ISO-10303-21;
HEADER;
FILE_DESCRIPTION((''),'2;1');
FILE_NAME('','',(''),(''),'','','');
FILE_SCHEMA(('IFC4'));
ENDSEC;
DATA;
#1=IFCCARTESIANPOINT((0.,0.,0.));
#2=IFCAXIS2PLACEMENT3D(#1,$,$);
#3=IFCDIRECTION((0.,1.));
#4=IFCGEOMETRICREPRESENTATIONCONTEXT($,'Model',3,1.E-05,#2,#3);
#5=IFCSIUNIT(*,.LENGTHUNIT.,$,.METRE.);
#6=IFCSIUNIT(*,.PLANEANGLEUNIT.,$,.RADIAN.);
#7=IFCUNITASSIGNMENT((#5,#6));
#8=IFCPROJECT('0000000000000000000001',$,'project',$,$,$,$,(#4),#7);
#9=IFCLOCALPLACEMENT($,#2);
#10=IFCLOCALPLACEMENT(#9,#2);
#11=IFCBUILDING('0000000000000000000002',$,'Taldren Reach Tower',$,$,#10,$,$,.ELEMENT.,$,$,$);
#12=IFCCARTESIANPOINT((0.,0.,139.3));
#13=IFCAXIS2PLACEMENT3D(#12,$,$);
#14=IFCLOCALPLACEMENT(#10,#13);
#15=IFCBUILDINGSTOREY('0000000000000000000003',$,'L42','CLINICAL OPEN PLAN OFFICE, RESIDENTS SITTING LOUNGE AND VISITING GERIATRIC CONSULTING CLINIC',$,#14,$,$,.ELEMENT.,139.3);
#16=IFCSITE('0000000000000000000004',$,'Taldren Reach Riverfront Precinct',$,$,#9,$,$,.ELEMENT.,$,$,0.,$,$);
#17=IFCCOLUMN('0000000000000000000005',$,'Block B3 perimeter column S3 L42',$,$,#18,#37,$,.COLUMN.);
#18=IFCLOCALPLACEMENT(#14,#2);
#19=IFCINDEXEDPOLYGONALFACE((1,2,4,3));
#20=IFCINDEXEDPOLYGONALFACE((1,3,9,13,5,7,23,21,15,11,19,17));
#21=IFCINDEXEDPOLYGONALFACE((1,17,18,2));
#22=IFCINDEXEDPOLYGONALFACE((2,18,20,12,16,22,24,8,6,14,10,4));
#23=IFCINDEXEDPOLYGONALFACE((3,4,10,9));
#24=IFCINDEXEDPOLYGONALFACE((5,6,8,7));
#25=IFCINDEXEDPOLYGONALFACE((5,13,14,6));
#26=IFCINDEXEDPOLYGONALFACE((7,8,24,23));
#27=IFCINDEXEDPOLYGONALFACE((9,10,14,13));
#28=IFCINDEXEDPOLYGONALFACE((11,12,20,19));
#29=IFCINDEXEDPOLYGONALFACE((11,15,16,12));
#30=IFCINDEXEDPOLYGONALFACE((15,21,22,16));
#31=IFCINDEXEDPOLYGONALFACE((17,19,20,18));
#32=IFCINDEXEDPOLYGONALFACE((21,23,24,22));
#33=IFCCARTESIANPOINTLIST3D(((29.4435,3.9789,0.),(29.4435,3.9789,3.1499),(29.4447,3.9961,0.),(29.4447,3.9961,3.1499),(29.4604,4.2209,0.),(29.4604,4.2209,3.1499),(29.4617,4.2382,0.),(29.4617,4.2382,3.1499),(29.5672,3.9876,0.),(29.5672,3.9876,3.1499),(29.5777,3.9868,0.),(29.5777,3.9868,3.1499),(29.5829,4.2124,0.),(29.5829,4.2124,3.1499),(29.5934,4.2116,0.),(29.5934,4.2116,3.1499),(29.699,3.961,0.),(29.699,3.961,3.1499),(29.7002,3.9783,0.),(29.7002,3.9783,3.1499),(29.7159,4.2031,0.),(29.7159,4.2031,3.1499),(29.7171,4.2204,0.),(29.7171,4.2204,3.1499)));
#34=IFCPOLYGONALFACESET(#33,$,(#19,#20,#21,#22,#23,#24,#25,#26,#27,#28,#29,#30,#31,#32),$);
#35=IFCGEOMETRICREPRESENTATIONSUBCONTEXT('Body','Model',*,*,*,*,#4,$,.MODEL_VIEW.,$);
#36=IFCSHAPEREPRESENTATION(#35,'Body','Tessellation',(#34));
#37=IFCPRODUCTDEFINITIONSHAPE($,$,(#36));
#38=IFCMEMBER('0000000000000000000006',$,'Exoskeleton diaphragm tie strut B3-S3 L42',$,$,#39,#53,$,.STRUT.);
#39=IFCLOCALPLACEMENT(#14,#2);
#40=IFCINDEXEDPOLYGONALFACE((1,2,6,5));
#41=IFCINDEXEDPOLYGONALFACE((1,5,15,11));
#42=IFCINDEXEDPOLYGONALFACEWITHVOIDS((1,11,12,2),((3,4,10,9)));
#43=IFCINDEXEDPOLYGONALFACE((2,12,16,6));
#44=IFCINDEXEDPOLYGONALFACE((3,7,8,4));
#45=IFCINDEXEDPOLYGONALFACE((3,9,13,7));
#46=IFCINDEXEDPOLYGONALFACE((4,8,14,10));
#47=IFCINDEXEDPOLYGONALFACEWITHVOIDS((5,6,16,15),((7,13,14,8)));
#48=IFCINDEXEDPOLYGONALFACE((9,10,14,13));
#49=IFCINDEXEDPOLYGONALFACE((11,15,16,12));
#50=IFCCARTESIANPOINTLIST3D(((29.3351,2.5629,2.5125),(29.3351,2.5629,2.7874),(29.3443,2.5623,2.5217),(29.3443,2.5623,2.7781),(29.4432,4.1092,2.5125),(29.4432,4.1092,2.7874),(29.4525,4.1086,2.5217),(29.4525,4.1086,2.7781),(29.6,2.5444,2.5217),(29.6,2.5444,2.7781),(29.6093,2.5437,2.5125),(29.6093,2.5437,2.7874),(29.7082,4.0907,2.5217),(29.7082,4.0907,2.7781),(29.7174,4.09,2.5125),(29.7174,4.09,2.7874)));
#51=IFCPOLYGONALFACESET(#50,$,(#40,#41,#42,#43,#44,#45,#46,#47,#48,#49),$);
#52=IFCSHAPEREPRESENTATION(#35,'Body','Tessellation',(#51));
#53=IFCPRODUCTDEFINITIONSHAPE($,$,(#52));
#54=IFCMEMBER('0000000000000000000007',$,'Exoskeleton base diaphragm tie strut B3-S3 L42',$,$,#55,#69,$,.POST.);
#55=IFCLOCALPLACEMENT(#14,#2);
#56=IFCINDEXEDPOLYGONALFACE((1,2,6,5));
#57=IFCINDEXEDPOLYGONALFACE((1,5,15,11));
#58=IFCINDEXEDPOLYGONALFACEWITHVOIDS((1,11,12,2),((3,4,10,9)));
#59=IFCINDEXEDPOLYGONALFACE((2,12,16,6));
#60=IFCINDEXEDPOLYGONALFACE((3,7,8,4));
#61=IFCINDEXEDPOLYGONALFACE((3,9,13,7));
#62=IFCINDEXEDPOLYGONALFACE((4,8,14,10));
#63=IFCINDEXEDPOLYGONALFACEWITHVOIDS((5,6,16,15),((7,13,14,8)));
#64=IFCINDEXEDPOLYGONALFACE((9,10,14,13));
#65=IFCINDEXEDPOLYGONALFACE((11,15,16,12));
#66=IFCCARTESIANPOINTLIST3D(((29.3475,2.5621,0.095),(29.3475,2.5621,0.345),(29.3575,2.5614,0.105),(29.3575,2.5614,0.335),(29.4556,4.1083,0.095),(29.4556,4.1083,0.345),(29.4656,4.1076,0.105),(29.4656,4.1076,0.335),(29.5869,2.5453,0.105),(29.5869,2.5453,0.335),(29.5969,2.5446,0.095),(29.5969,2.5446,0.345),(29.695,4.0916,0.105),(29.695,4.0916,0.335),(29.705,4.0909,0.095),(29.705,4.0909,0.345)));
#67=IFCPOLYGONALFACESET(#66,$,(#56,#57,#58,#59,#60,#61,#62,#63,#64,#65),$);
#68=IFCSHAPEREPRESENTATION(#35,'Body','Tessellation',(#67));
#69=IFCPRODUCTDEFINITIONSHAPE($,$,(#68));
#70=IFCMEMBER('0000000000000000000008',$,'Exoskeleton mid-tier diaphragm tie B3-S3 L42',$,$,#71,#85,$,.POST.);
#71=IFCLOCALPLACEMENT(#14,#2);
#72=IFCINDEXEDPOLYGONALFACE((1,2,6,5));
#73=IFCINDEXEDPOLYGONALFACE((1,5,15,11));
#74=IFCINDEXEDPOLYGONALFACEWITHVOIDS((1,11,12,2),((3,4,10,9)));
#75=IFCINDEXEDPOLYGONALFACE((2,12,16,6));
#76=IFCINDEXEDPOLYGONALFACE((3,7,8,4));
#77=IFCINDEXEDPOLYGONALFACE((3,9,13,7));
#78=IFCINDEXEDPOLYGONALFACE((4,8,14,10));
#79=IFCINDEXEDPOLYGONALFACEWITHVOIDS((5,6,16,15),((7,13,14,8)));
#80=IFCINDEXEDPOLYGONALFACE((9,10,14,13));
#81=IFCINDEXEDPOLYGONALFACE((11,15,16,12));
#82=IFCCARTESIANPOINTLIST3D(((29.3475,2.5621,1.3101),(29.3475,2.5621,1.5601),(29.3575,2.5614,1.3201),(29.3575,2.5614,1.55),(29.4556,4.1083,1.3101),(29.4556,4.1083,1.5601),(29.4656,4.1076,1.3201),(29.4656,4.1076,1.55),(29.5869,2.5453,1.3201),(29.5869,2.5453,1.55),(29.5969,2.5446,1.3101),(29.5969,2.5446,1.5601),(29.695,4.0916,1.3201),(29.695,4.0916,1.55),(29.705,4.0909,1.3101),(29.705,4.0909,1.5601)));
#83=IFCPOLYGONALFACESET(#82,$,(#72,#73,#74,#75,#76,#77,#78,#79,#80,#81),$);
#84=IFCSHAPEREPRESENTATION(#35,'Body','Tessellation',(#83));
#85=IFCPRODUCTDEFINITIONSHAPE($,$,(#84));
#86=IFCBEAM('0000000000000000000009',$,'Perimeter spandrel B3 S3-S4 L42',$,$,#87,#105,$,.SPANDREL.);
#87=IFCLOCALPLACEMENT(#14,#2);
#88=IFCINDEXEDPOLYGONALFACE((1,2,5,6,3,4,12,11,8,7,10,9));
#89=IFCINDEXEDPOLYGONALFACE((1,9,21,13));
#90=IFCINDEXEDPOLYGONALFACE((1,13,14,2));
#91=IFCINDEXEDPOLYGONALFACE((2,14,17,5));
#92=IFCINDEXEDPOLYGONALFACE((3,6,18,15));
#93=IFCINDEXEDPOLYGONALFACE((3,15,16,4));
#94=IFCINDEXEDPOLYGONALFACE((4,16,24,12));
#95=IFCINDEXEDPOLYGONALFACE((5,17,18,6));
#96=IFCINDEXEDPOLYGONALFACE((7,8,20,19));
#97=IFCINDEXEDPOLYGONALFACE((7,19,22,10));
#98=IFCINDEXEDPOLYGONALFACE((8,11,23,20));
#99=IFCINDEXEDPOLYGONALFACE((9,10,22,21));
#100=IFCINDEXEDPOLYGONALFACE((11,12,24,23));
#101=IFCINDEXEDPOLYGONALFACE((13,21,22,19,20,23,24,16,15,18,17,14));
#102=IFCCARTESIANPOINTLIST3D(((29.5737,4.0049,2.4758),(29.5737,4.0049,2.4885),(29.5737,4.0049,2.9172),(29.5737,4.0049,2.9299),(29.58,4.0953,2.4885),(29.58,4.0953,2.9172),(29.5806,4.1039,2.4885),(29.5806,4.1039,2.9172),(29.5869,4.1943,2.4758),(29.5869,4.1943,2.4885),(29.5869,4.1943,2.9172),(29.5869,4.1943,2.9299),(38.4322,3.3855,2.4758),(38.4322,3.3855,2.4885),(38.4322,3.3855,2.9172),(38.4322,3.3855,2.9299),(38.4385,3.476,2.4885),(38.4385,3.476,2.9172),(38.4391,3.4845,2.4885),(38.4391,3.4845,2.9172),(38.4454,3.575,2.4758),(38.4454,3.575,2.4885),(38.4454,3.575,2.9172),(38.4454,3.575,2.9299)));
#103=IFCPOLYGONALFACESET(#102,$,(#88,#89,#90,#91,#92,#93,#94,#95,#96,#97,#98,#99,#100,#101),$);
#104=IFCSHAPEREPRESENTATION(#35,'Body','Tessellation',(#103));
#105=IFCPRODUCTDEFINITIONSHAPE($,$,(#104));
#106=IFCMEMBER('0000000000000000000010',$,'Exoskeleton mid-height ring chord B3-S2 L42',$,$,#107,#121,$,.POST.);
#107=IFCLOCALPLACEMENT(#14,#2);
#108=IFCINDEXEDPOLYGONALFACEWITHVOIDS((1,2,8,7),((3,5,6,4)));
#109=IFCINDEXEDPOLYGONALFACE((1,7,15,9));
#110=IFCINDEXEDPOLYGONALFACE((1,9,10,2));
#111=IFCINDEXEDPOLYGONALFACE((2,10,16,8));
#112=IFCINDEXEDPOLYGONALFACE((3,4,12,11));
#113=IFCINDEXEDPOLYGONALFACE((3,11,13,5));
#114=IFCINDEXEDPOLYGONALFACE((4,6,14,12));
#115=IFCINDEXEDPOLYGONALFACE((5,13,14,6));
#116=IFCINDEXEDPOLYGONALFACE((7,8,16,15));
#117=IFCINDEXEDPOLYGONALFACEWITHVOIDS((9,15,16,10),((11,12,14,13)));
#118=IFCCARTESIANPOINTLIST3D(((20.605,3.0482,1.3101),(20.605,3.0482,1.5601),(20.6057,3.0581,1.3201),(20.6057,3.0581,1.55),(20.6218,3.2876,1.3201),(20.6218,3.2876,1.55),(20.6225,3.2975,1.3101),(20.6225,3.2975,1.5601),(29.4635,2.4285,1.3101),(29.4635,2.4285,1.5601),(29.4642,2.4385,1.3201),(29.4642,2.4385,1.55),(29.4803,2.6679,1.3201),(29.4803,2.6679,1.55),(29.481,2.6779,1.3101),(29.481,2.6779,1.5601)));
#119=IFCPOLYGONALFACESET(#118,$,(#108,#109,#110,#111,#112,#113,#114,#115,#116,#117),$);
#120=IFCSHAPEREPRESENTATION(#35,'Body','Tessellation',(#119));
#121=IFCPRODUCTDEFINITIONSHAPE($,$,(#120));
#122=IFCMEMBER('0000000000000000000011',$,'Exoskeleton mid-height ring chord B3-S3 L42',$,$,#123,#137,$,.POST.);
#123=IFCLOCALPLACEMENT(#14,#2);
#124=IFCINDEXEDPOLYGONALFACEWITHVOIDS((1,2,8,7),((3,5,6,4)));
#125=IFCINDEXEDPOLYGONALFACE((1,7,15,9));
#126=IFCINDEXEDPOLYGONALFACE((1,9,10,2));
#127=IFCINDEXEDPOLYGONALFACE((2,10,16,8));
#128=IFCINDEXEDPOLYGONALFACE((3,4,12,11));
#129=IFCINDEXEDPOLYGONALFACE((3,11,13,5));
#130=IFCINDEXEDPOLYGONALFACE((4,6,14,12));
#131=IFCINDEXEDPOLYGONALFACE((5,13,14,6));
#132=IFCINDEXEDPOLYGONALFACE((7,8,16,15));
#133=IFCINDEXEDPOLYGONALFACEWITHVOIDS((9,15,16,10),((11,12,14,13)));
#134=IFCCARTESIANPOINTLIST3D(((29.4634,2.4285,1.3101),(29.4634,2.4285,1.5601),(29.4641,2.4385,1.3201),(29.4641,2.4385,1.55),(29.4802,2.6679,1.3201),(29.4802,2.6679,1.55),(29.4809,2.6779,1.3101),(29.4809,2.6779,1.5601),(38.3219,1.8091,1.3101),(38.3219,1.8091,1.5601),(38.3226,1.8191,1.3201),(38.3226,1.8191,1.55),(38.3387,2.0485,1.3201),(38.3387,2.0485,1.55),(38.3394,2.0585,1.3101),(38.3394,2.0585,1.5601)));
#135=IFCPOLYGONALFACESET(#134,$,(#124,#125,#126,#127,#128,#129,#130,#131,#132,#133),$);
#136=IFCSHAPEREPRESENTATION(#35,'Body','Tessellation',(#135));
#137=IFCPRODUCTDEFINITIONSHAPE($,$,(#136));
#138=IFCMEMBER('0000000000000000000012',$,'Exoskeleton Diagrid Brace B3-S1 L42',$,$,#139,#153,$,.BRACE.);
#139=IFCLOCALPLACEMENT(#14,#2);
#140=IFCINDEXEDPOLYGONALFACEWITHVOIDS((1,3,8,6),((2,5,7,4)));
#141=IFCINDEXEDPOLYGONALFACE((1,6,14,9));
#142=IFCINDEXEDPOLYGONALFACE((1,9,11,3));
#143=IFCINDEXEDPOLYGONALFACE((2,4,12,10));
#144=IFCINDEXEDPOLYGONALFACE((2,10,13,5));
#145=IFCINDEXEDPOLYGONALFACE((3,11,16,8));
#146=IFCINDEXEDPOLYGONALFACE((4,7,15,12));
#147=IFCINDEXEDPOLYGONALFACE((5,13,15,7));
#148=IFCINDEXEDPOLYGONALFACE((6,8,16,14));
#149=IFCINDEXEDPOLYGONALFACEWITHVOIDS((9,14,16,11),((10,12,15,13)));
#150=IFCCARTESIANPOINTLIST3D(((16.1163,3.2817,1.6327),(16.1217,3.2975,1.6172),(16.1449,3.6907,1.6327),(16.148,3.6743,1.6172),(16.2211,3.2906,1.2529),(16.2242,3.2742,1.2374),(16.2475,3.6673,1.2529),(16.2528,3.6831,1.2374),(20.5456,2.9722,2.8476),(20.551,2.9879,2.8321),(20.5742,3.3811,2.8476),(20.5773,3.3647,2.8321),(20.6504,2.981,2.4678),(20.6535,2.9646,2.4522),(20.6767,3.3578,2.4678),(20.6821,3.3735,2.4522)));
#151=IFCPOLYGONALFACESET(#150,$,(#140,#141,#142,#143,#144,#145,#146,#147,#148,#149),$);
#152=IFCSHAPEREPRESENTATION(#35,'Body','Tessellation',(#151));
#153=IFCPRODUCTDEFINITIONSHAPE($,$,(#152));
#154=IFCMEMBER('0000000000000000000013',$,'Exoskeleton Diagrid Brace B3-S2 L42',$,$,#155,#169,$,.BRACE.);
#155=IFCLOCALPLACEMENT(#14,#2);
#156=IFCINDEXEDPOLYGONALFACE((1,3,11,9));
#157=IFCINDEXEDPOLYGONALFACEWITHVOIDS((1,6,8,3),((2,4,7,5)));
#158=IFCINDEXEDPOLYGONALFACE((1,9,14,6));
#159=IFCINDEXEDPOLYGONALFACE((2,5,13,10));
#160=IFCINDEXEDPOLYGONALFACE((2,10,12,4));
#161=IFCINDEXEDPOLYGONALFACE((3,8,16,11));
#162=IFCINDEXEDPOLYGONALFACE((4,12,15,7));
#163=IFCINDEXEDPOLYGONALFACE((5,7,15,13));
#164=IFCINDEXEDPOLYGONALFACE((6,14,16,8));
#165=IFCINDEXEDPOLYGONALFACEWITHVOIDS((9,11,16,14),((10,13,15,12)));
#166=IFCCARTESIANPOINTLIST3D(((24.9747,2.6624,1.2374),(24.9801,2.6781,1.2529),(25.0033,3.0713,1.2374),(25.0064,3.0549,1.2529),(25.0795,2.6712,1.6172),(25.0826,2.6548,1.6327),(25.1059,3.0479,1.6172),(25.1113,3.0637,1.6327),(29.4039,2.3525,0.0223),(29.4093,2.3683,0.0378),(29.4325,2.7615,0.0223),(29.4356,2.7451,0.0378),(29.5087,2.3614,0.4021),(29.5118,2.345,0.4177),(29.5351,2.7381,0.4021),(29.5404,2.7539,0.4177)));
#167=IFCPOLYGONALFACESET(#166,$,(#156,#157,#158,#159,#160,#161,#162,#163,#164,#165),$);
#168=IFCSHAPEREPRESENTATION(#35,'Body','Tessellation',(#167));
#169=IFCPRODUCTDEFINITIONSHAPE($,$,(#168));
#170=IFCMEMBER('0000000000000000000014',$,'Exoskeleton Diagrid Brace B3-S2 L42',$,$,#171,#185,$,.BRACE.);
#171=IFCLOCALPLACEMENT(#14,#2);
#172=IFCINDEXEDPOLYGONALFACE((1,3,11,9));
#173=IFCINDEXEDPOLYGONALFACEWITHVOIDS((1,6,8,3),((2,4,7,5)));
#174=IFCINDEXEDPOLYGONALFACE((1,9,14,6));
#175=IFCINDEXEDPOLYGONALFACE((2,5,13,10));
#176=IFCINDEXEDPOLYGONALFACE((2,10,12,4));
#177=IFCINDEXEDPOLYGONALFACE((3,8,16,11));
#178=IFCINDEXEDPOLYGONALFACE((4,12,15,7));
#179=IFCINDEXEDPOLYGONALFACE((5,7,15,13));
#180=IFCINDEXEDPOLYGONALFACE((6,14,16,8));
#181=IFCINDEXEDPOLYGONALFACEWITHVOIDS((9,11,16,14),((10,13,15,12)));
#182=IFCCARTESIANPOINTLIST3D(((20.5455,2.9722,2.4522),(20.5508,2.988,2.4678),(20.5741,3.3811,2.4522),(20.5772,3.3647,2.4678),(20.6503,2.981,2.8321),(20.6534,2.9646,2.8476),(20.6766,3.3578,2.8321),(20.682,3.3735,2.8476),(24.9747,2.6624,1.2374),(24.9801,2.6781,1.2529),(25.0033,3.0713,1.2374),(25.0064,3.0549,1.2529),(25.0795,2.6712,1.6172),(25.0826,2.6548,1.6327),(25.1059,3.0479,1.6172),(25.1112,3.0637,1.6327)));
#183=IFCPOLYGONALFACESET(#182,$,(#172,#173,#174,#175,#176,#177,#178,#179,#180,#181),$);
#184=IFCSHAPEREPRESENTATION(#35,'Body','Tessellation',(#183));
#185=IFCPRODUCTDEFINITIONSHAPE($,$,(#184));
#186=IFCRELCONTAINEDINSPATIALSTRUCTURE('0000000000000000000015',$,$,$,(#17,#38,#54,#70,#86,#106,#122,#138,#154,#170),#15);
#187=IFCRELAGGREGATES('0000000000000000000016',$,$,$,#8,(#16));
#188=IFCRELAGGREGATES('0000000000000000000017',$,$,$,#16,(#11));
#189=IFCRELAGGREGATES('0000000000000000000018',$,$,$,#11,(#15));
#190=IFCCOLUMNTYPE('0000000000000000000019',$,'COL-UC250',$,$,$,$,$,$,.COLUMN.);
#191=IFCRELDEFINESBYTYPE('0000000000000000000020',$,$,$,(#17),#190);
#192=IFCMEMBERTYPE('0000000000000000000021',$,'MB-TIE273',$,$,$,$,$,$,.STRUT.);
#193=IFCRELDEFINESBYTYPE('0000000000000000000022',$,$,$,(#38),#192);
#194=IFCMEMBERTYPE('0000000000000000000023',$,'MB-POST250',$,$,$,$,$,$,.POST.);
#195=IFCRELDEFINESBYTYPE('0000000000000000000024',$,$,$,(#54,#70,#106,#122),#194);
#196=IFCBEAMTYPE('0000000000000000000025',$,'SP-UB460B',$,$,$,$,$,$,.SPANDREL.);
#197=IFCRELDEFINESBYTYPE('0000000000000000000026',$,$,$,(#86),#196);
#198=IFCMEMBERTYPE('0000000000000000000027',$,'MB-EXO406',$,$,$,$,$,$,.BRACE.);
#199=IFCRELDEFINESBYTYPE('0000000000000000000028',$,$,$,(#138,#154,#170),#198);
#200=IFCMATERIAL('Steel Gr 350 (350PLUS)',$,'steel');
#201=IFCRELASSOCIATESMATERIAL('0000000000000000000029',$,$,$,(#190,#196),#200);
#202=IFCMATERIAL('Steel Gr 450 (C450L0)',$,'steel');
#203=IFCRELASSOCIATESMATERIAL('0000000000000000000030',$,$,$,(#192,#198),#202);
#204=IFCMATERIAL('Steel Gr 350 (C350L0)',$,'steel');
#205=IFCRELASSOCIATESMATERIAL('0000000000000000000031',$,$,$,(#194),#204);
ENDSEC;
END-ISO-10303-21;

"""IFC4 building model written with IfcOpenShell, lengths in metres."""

from ifc_helpers import new_model, si_unit, direction, frame, origin, origin_2d, place, context, subcontext, project, spatial, hollow_rectangle, i_section, extrude, source, transform, mapped, material, material_profile, profile_set, type_object, element, save


model = new_model("IFC4")

# Units and contexts
model_context = context("Model", 3, precision=1e-05, world=origin(), true_north=direction((0.0, 1.0)))
body_context = subcontext(model_context, "Body", "Model", "MODEL_VIEW")
ifc_project = project(units=[si_unit("LENGTHUNIT", "METRE"), si_unit("PLANEANGLEUNIT", "RADIAN")], contexts=[model_context])

# Site, building, storey
site_placement = place(None, origin())
site = spatial("IfcSite", under=ifc_project, at=site_placement, Name="Taldren Reach Riverfront Precinct", CompositionType="ELEMENT", RefElevation=0.0)
building_placement = place(site_placement, origin())
building = spatial("IfcBuilding", under=site, at=building_placement, Name="Taldren Reach Tower", CompositionType="ELEMENT")
storey_placement = place(building_placement, frame((0.0, 0.0, 139.3)))
storey = spatial("IfcBuildingStorey", under=building, at=storey_placement, Name="L42", Description="CLINICAL OPEN PLAN OFFICE, RESIDENTS SITTING LOUNGE AND VISITING GERIATRIC CONSULTING CLINIC", CompositionType="ELEMENT", Elevation=139.3)

# Column
ifc_material_1 = material(Name="Steel Gr 350 (350PLUS)", Category="steel")
ifc_material_profile_1 = material_profile(ifc_material_1, i_section(OverallWidth=0.2561, OverallDepth=0.26, WebThickness=0.0105, FlangeThickness=0.0173, at=origin_2d()), Name="250UC89.5")
ifc_profile_set_1 = profile_set([ifc_material_profile_1], Name="Steel Gr 350 (350PLUS)")
column_type = type_object("IfcColumnType", Name="COL-UC250", PredefinedType="COLUMN", material=ifc_profile_set_1)
shared_shape_1 = source(origin(), body_context, "Body", "SweptSolid", [
    extrude(i_section(OverallWidth=0.2561, OverallDepth=0.26, WebThickness=0.0105, FlangeThickness=0.0173, at=origin_2d()), origin(), (0.0, 0.0, 1.0), 3.1499),
])
column_placement = place(storey_placement, frame((29.5803, 4.0996, 0.0), z_axis=(0.0, 0.0, 1.0), x_axis=(0.997564, -0.069756, 0.0)))
element("IfcColumn", 1, at=column_placement, inside=storey, type_object=column_type, Name="Block B3 perimeter column S3 L42", PredefinedType="COLUMN", context=body_context, shape_type="MappedRepresentation", body=[
    mapped(shared_shape_1, transform((0.0, 0.0, 0.0), scale=1.0)),
])

# Members
ifc_material_2 = material(Name="Steel Gr 450 (C450L0)", Category="steel")
ifc_material_profile_2 = material_profile(ifc_material_2, hollow_rectangle(XDim=0.2749, YDim=0.2749, WallThickness=0.0093, at=origin_2d()), Name="275x275x9.3SHS")
ifc_profile_set_2 = profile_set([ifc_material_profile_2], Name="Steel Gr 450 (C450L0)")
member_type_1 = type_object("IfcMemberType", Name="MB-TIE273", PredefinedType="STRUT", material=ifc_profile_set_2)
shared_shape_2 = source(origin(), body_context, "Body", "SweptSolid", [
    extrude(hollow_rectangle(XDim=0.2749, YDim=0.2749, WallThickness=0.0093, at=origin_2d()), origin(), (0.0, 0.0, 1.0), 1.55),
])
member_1_placement = place(storey_placement, frame((29.5803, 4.0996, 2.6499), z_axis=(-0.06977, -0.997563, 0.0), x_axis=(0.997563, -0.06977, 0.0)))
element("IfcMember", 2, at=member_1_placement, inside=storey, type_object=member_type_1, Name="Exoskeleton diaphragm tie strut B3-S3 L42", PredefinedType="STRUT", context=body_context, shape_type="MappedRepresentation", body=[
    mapped(shared_shape_2, transform((0.0, 0.0, 0.0), scale=1.0)),
])
ifc_material_3 = material(Name="Steel Gr 350 (C350L0)", Category="steel")
ifc_material_profile_3 = material_profile(ifc_material_3, hollow_rectangle(XDim=0.25, YDim=0.25, WallThickness=0.01, at=origin_2d()), Name="250x250x10.0SHS")
ifc_profile_set_3 = profile_set([ifc_material_profile_3], Name="Steel Gr 350 (C350L0)")
member_type_2 = type_object("IfcMemberType", Name="MB-POST250", PredefinedType="POST", material=ifc_profile_set_3)
shared_shape_3 = source(origin(), body_context, "Body", "SweptSolid", [
    extrude(hollow_rectangle(XDim=0.25, YDim=0.25, WallThickness=0.01, at=origin_2d()), origin(), (0.0, 0.0, 1.0), 1.55),
])
for number, where, z_axis, x_axis, name in (
    (3, (29.5803, 4.0996, 0.22), (-0.06977, -0.997563, 0.0), (0.997563, -0.06977, 0.0), "Exoskeleton base diaphragm tie strut B3-S3 L42"),
    (4, (29.5803, 4.0996, 1.4351), (-0.06977, -0.997563, 0.0), (0.997563, -0.06977, 0.0), "Exoskeleton mid-tier diaphragm tie B3-S3 L42"),
):
    element("IfcMember", number, at=place(storey_placement, frame(where, z_axis=z_axis, x_axis=x_axis)), inside=storey, type_object=member_type_2, Name=name, PredefinedType="POST", context=body_context, shape_type="MappedRepresentation", body=[
        mapped(shared_shape_3, transform((0.0, 0.0, 0.0), scale=1.0)),
    ])

# Beam
ifc_material_profile_4 = material_profile(ifc_material_1, i_section(OverallWidth=0.1899, OverallDepth=0.4541, WebThickness=0.0085, FlangeThickness=0.0127, at=origin_2d()), Name="460UB67.1")
ifc_profile_set_4 = profile_set([ifc_material_profile_4], Name="Steel Gr 350 (350PLUS)")
beam_type = type_object("IfcBeamType", Name="SP-UB460B", PredefinedType="SPANDREL", material=ifc_profile_set_4)
shared_shape_4 = source(origin(), body_context, "Body", "SweptSolid", [
    extrude(i_section(OverallWidth=0.1899, OverallDepth=0.4541, WebThickness=0.0085, FlangeThickness=0.0127, at=origin_2d()), origin(), (0.0, 0.0, 1.0), 8.8801),
])
beam_placement = place(storey_placement, frame((29.5803, 4.0996, 2.7029), z_axis=(0.997564, -0.06975, 0.0), x_axis=(0.06975, 0.997564, 0.0)))
element("IfcBeam", 5, at=beam_placement, inside=storey, type_object=beam_type, Name="Perimeter spandrel B3 S3-S4 L42", PredefinedType="SPANDREL", context=body_context, shape_type="MappedRepresentation", body=[
    mapped(shared_shape_4, transform((0.0, 0.0, 0.0), scale=1.0)),
])

# Members
shared_shape_5 = source(origin(), body_context, "Body", "SweptSolid", [
    extrude(hollow_rectangle(XDim=0.25, YDim=0.25, WallThickness=0.01, at=origin_2d()), origin(), (0.0, 0.0, 1.0), 8.8801),
])
for number, where, z_axis, x_axis, name in (
    (6, (20.6138, 3.1729, 1.4351), (0.997563, -0.069778, 0.0), (0.069778, 0.997563, 0.0), "Exoskeleton mid-height ring chord B3-S2 L42"),
    (7, (29.4722, 2.5532, 1.4351), (0.997564, -0.06975, 0.0), (0.06975, 0.997564, 0.0), "Exoskeleton mid-height ring chord B3-S3 L42"),
):
    element("IfcMember", number, at=place(storey_placement, frame(where, z_axis=z_axis, x_axis=x_axis)), inside=storey, type_object=member_type_2, Name=name, PredefinedType="POST", context=body_context, shape_type="MappedRepresentation", body=[
        mapped(shared_shape_5, transform((0.0, 0.0, 0.0), scale=1.0)),
    ])
ifc_material_profile_5 = material_profile(ifc_material_2, hollow_rectangle(XDim=0.4099, YDim=0.4099, WallThickness=0.0161, at=origin_2d()), Name="410x410x16.0SHS")
ifc_profile_set_5 = profile_set([ifc_material_profile_5], Name="Steel Gr 450 (C450L0)")
member_type_3 = type_object("IfcMemberType", Name="MB-EXO406", PredefinedType="BRACE", material=ifc_profile_set_5)
shared_shape_6 = source(origin(), body_context, "Body", "SweptSolid", [
    extrude(hollow_rectangle(XDim=0.4099, YDim=0.4099, WallThickness=0.0161, at=origin_2d()), origin(), (0.0, 0.0, 1.0), 4.6033),
])
for number, where, z_axis, x_axis, name in (
    (8, (16.1846, 3.4824, 1.4351), (0.962199, -0.067251, 0.263913), (0.069723, 0.997566, 0.0), "Exoskeleton Diagrid Brace B3-S1 L42"),
    (9, (29.4722, 2.5532, 0.22), (-0.962182, 0.067303, 0.263961), (-0.069778, -0.997563, 0.0), "Exoskeleton Diagrid Brace B3-S2 L42"),
    (10, (25.043, 2.863, 1.4351), (-0.962196, 0.067304, 0.263912), (-0.069778, -0.997563, 0.0), "Exoskeleton Diagrid Brace B3-S2 L42"),
):
    element("IfcMember", number, at=place(storey_placement, frame(where, z_axis=z_axis, x_axis=x_axis)), inside=storey, type_object=member_type_3, Name=name, PredefinedType="BRACE", context=body_context, shape_type="MappedRepresentation", body=[
        mapped(shared_shape_6, transform((0.0, 0.0, 0.0), scale=1.0)),
    ])

save(model, "model.ifc")
